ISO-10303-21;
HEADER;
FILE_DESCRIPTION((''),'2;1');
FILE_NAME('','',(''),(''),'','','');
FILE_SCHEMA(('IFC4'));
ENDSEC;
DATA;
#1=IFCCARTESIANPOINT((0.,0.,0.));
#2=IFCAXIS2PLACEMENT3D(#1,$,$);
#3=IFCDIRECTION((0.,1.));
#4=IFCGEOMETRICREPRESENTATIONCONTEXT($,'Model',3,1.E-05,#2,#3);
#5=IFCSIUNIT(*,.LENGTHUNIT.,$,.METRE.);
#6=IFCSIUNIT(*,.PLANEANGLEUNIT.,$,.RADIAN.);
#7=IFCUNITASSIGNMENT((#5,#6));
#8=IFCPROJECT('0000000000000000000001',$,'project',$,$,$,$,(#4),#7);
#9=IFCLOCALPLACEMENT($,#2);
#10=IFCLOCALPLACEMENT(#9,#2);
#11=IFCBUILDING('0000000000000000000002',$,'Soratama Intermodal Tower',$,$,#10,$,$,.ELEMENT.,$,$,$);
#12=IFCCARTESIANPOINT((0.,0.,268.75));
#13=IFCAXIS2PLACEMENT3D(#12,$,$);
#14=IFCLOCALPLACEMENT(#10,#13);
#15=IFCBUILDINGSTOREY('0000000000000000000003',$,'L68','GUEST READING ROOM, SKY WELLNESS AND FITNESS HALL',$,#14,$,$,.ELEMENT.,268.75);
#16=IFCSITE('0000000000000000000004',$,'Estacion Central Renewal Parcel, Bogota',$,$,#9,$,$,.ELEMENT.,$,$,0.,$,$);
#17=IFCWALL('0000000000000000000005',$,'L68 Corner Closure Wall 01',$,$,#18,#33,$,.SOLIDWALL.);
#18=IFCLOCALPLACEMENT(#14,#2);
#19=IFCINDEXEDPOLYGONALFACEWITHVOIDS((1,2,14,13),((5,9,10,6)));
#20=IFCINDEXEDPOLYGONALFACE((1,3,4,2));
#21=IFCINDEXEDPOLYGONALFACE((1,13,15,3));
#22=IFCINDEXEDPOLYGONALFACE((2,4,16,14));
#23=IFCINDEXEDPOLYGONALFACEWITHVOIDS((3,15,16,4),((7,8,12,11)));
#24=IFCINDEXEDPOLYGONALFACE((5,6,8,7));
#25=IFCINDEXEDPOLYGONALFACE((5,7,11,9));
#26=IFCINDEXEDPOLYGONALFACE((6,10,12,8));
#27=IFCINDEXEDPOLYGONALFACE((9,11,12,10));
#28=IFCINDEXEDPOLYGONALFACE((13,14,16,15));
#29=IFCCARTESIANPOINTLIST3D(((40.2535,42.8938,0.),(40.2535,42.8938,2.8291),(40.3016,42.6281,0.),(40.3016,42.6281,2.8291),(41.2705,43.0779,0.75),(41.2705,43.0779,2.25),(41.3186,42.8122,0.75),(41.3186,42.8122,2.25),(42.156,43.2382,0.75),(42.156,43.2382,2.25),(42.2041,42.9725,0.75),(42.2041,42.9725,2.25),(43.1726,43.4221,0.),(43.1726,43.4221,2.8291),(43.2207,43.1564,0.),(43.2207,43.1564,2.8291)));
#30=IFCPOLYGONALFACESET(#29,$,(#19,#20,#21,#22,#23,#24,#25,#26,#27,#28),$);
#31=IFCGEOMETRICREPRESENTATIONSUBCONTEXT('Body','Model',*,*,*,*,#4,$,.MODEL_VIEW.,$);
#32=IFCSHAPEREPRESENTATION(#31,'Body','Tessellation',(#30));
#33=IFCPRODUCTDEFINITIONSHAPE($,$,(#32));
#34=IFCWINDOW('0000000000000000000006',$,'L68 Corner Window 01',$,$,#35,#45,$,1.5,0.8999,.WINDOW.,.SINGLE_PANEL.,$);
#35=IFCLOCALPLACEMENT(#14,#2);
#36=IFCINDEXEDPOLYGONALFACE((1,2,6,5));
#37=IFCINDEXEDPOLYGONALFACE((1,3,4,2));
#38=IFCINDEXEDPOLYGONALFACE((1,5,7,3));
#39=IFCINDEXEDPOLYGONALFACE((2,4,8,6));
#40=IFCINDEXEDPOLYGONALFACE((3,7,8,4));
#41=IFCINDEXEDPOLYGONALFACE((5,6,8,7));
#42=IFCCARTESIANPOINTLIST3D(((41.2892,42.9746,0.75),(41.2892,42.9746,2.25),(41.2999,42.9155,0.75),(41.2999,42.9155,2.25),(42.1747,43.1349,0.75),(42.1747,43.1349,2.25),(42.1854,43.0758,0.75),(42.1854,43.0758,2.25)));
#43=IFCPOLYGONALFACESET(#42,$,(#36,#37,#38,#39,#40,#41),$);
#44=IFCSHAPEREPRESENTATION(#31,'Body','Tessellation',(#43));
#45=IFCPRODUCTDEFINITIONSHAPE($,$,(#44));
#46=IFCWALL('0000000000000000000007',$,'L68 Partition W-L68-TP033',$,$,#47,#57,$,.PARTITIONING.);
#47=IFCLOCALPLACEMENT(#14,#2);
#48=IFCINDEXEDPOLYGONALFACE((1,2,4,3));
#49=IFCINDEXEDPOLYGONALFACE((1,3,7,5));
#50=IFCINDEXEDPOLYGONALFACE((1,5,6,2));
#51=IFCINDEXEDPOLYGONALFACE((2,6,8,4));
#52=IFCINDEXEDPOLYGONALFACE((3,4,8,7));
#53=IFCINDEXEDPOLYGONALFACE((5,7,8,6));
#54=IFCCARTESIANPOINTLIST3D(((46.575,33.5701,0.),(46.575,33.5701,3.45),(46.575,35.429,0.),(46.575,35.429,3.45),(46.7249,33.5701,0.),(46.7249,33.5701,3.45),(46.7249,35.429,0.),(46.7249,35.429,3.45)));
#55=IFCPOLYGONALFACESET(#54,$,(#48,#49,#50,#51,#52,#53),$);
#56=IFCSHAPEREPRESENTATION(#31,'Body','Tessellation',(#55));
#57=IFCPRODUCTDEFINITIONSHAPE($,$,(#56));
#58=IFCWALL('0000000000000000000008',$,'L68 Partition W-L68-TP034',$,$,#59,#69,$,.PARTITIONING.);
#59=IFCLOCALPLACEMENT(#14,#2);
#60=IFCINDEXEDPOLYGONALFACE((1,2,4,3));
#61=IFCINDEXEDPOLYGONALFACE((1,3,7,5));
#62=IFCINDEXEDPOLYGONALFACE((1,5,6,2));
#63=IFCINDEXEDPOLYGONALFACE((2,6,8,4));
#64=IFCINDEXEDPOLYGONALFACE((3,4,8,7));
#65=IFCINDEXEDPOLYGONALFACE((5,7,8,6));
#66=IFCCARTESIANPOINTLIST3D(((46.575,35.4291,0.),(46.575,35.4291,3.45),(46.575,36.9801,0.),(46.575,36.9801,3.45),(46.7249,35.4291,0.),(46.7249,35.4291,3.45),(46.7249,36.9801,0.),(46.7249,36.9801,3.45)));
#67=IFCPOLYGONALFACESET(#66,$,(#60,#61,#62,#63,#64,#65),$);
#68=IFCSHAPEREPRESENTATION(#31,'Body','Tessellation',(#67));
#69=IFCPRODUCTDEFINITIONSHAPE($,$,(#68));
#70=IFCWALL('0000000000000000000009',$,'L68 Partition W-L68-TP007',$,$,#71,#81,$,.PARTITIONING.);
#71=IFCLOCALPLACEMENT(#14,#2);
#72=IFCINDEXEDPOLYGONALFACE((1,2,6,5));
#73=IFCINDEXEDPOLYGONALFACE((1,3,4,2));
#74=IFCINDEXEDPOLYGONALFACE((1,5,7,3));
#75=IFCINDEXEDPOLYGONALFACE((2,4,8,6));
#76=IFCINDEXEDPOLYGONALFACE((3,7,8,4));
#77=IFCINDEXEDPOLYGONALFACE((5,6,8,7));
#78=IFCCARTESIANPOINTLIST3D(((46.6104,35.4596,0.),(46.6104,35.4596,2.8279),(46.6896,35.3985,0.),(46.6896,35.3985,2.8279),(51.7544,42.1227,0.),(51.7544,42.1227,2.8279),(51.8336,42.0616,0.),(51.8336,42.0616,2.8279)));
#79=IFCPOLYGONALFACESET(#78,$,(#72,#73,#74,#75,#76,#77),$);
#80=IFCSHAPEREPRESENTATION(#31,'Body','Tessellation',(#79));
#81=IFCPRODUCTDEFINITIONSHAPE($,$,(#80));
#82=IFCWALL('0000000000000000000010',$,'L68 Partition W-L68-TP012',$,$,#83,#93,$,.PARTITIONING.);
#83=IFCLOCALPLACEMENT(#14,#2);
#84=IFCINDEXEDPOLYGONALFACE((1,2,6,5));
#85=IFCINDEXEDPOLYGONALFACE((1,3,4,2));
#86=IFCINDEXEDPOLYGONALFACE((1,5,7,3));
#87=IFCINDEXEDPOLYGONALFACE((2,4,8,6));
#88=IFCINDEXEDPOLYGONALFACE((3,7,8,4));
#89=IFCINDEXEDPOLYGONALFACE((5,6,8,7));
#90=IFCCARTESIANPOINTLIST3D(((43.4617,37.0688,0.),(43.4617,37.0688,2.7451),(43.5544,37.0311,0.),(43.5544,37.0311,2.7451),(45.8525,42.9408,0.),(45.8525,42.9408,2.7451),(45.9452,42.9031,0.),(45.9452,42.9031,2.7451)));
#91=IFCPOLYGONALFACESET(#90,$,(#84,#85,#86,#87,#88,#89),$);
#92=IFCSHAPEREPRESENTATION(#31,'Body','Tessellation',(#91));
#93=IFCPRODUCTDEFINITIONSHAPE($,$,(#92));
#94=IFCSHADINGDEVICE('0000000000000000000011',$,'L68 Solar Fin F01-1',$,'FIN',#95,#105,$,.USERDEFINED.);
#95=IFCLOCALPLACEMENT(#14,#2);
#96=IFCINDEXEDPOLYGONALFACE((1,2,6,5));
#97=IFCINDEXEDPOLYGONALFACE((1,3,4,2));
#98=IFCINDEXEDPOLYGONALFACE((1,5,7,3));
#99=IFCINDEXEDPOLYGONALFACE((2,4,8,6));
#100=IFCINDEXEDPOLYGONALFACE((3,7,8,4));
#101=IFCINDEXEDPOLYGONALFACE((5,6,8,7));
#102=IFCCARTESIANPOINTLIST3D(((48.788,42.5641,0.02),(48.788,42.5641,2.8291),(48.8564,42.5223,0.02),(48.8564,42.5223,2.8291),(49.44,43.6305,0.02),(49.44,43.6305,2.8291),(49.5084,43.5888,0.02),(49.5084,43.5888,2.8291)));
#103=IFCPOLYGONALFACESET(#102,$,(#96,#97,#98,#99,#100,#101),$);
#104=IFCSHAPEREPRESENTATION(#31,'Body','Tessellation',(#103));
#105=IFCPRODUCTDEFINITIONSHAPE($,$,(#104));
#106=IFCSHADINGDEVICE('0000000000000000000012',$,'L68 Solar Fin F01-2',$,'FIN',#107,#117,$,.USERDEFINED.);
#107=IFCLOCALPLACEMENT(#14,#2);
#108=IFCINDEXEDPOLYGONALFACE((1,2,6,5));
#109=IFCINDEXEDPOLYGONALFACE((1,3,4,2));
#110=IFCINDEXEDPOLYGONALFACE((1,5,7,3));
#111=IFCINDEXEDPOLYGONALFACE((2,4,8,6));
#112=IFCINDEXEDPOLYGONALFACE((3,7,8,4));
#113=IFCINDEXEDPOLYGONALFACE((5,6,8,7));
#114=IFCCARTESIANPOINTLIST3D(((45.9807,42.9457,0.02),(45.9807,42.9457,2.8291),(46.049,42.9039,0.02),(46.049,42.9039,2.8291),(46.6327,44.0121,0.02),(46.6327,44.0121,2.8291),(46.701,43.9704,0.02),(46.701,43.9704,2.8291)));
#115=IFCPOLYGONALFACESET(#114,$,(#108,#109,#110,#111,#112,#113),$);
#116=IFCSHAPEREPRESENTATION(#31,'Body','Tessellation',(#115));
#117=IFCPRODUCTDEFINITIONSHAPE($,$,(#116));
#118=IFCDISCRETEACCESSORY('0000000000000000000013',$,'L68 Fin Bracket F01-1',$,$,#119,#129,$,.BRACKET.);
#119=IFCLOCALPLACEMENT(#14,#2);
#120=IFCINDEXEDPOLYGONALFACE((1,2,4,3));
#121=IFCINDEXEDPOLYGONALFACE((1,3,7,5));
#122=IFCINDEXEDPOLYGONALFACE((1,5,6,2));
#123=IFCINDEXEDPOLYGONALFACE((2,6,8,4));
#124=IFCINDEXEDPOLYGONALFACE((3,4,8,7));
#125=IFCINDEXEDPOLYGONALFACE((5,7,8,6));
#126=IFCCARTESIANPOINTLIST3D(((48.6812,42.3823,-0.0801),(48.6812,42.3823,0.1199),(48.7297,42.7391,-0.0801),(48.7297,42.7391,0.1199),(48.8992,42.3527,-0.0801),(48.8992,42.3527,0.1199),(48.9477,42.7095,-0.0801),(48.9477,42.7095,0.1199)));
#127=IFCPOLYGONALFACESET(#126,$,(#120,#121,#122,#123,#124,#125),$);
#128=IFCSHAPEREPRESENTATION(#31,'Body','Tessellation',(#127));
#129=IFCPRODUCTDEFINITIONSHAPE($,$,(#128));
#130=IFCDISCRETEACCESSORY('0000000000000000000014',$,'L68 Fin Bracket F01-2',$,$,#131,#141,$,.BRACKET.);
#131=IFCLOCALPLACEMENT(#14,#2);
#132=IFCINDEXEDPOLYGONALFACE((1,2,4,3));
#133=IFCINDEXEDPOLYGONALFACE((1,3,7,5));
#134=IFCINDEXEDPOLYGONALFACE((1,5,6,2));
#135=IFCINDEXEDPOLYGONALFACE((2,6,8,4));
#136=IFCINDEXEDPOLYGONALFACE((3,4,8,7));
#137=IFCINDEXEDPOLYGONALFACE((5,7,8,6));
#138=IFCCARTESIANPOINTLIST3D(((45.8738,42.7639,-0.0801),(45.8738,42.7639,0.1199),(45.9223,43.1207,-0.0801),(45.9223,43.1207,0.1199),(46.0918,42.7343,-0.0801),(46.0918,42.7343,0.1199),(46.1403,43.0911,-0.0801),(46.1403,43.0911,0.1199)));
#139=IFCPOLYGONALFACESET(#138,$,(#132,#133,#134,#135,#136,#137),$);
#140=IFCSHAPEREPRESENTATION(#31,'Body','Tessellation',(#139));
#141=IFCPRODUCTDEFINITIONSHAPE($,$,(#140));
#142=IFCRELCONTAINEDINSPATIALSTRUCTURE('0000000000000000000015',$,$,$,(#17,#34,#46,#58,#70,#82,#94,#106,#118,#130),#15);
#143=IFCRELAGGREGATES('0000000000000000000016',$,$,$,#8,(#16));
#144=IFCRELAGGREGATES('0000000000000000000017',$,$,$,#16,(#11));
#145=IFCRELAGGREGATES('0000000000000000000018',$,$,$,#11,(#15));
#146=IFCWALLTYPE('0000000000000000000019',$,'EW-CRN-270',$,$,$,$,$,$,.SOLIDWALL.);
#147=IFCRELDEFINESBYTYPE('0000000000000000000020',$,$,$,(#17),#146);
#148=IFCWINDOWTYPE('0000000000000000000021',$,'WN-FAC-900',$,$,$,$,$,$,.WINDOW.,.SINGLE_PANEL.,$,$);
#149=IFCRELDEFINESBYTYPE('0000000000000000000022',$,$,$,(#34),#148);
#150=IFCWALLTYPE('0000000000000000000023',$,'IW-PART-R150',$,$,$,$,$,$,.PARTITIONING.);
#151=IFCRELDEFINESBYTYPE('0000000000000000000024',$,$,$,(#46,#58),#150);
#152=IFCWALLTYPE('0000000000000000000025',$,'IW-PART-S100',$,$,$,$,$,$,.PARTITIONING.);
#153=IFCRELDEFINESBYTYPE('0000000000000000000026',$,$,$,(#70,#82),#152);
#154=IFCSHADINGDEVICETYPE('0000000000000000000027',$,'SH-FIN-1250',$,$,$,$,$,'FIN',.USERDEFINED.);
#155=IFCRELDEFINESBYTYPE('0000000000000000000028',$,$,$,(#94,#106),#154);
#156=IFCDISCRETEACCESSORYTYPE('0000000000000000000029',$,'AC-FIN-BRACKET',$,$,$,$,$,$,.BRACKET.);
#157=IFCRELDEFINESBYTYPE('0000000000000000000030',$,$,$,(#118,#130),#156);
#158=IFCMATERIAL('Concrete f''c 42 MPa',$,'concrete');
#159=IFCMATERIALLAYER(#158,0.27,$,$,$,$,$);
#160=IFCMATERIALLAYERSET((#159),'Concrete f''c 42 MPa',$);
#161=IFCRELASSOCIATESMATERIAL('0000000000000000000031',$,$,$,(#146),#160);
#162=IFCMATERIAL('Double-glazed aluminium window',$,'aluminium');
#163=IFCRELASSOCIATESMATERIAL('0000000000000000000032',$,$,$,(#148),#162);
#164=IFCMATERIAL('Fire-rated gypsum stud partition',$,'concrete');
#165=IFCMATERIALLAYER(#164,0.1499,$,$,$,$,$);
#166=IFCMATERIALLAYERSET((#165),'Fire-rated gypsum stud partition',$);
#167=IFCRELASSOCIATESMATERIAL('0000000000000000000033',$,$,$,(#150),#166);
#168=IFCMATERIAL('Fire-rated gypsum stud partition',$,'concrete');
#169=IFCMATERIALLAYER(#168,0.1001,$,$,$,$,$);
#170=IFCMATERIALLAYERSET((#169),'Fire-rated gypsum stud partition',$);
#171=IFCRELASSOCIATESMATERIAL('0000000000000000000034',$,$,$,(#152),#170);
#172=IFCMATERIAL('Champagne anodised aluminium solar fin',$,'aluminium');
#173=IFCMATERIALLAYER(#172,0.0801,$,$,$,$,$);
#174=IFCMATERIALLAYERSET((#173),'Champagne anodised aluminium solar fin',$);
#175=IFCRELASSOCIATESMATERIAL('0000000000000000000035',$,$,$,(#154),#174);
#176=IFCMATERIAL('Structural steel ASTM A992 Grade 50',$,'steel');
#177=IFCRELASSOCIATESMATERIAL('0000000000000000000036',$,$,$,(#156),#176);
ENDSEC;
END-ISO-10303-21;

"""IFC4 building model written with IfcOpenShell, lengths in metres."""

from ifc_helpers import new_model, si_unit, direction, frame, frame_2d, origin, origin_2d, place, context, subcontext, project, spatial, rectangle, extrude, material, layer, layer_set, type_object, element, fill, save


model = new_model("IFC4")

# Units and contexts
model_context = context("Model", 3, precision=1e-05, world=origin(), true_north=direction((0.0, 1.0)))
body_context = subcontext(model_context, "Body", "Model", "MODEL_VIEW")
ifc_project = project(units=[si_unit("LENGTHUNIT", "METRE"), si_unit("PLANEANGLEUNIT", "RADIAN")], contexts=[model_context])

# Site, building, storey
site_placement = place(None, origin())
site = spatial("IfcSite", under=ifc_project, at=site_placement, Name="Estacion Central Renewal Parcel, Bogota", CompositionType="ELEMENT", RefElevation=0.0)
building_placement = place(site_placement, origin())
building = spatial("IfcBuilding", under=site, at=building_placement, Name="Soratama Intermodal Tower", CompositionType="ELEMENT")
storey_placement = place(building_placement, frame((0.0, 0.0, 268.75)))
storey = spatial("IfcBuildingStorey", under=building, at=storey_placement, Name="L68", Description="GUEST READING ROOM, SKY WELLNESS AND FITNESS HALL", CompositionType="ELEMENT", Elevation=268.75)

# Wall, opening, window
ifc_material_1 = material(Name="Concrete f'c 42 MPa", Category="concrete")
ifc_layer_1 = layer(ifc_material_1, 0.27)
ifc_layer_set_1 = layer_set([ifc_layer_1], Name="Concrete f'c 42 MPa")
wall_type_1 = type_object("IfcWallType", Name="EW-CRN-270", PredefinedType="SOLIDWALL", material=ifc_layer_set_1)
wall_1_placement = place(storey_placement, frame((43.1968, 43.2893, 0.0), z_axis=(0.0, 0.0, 1.0), x_axis=(-0.984014, -0.178089, 0.0)))
wall_1 = element("IfcWall", 1, at=wall_1_placement, inside=storey, type_object=wall_type_1, Name="L68 Corner Closure Wall 01", PredefinedType="SOLIDWALL", context=body_context, shape_type="SweptSolid", body=[
    extrude(rectangle(XDim=2.9666, YDim=0.27, at=frame_2d((1.4834, 0.0))), origin(), (0.0, 0.0, 1.0), 2.8291),
])
opening_1_placement = place(wall_1_placement, frame((1.0332, 0.0, 0.75)))
opening_1 = element("IfcOpeningElement", 2, at=opening_1_placement, cuts=wall_1, PredefinedType="OPENING", context=body_context, shape_type="SweptSolid", body=[
    extrude(rectangle(XDim=0.8999, YDim=1.5, at=frame_2d((0.45, 0.75))), frame((0.0, 0.145, 0.0), z_axis=(0.0, -1.0, 0.0), x_axis=(1.0, 0.0, 0.0)), (0.0, 0.0, 1.0), 0.29),
])
ifc_material_2 = material(Name="Double-glazed aluminium window", Category="aluminium")
window_type = type_object("IfcWindowType", Name="WN-FAC-900", PartitioningType="SINGLE_PANEL", PredefinedType="WINDOW", material=ifc_material_2)
window_placement = place(opening_1_placement, origin())
window = element("IfcWindow", 3, at=window_placement, inside=storey, type_object=window_type, Name="L68 Corner Window 01", OverallHeight=1.5, OverallWidth=0.8999, PartitioningType="SINGLE_PANEL", PredefinedType="WINDOW", context=body_context, shape_type="SweptSolid", body=[
    extrude(rectangle(XDim=0.8999, YDim=1.5, at=frame_2d((0.45, 0.75))), frame((0.0, 0.03, 0.0), z_axis=(0.0, -1.0, 0.0), x_axis=(1.0, 0.0, 0.0)), (0.0, 0.0, 1.0), 0.0601),
])
fill(opening_1, window)

# Shared definitions
ifc_material_3 = material(Name="Fire-rated gypsum stud partition", Category="concrete")
ifc_layer_2 = layer(ifc_material_3, 0.1499)
ifc_layer_set_2 = layer_set([ifc_layer_2], Name="Fire-rated gypsum stud partition")
wall_type_2 = type_object("IfcWallType", Name="IW-PART-R150", PredefinedType="PARTITIONING", material=ifc_layer_set_2)

# Walls
wall_2_placement = place(storey_placement, frame((46.6499, 35.429, 0.0), z_axis=(0.0, 0.0, 1.0), x_axis=(0.0, -1.0, 0.0)))
element("IfcWall", 4, at=wall_2_placement, inside=storey, type_object=wall_type_2, Name="L68 Partition W-L68-TP033", PredefinedType="PARTITIONING", context=body_context, shape_type="SweptSolid", body=[
    extrude(rectangle(XDim=1.8589, YDim=0.1499, at=frame_2d((0.9294, 0.0))), origin(), (0.0, 0.0, 1.0), 3.45),
])
wall_3_placement = place(storey_placement, frame((46.6499, 36.98, 0.0), z_axis=(0.0, 0.0, 1.0), x_axis=(0.0, -1.0, 0.0)))
element("IfcWall", 5, at=wall_3_placement, inside=storey, type_object=wall_type_2, Name="L68 Partition W-L68-TP034", PredefinedType="PARTITIONING", context=body_context, shape_type="SweptSolid", body=[
    extrude(rectangle(XDim=1.551, YDim=0.1499, at=frame_2d((0.7754, 0.0))), origin(), (0.0, 0.0, 1.0), 3.45),
])
ifc_material_4 = material(Name="Fire-rated gypsum stud partition", Category="concrete")
ifc_layer_3 = layer(ifc_material_4, 0.1001)
ifc_layer_set_3 = layer_set([ifc_layer_3], Name="Fire-rated gypsum stud partition")
wall_type_3 = type_object("IfcWallType", Name="IW-PART-S100", PredefinedType="PARTITIONING", material=ifc_layer_set_3)
wall_4_placement = place(storey_placement, frame((46.6499, 35.429, 0.0), z_axis=(0.0, 0.0, 1.0), x_axis=(0.611097, 0.791555, 0.0)))
element("IfcWall", 6, at=wall_4_placement, inside=storey, type_object=wall_type_3, Name="L68 Partition W-L68-TP007", PredefinedType="PARTITIONING", context=body_context, shape_type="SweptSolid", body=[
    extrude(rectangle(XDim=8.4177, YDim=0.1001, at=frame_2d((4.209, 0.0))), origin(), (0.0, 0.0, 1.0), 2.8279),
])
wall_5_placement = place(storey_placement, frame((43.5081, 37.05, 0.0), z_axis=(0.0, 0.0, 1.0), x_axis=(0.3771, 0.926173, 0.0)))
element("IfcWall", 7, at=wall_5_placement, inside=storey, type_object=wall_type_3, Name="L68 Partition W-L68-TP012", PredefinedType="PARTITIONING", context=body_context, shape_type="SweptSolid", body=[
    extrude(rectangle(XDim=6.3401, YDim=0.1001, at=frame_2d((3.1699, 0.0))), origin(), (0.0, 0.0, 1.0), 2.7451),
])

# Shading devices
ifc_material_5 = material(Name="Champagne anodised aluminium solar fin", Category="aluminium")
ifc_layer_4 = layer(ifc_material_5, 0.0801)
ifc_layer_set_4 = layer_set([ifc_layer_4], Name="Champagne anodised aluminium solar fin")
shading_device_type = type_object("IfcShadingDeviceType", Name="SH-FIN-1250", ElementType="FIN", PredefinedType="USERDEFINED", material=ifc_layer_set_4)
for number, where, z_axis, x_axis, name in (
    (8, (49.1482, 43.0764, 0.02), (0.0, 0.0, 1.0), (0.521605, 0.853187, 0.0), "L68 Solar Fin F01-1"),
    (9, (46.3408, 43.458, 0.02), (0.0, 0.0, 1.0), (0.521605, 0.853187, 0.0), "L68 Solar Fin F01-2"),
):
    element("IfcShadingDevice", number, at=place(storey_placement, frame(where, z_axis=z_axis, x_axis=x_axis)), inside=storey, type_object=shading_device_type, Name=name, ObjectType="FIN", PredefinedType="USERDEFINED", context=body_context, shape_type="SweptSolid", body=[
        extrude(rectangle(XDim=1.25, YDim=0.0801, at=origin_2d()), origin(), (0.0, 0.0, 1.0), 2.8091),
    ])

# Discrete accessories
ifc_material_6 = material(Name="Structural steel ASTM A992 Grade 50", Category="steel")
discrete_accessory_type = type_object("IfcDiscreteAccessoryType", Name="AC-FIN-BRACKET", PredefinedType="BRACKET", material=ifc_material_6)
for number, where, z_axis, x_axis, name in (
    (10, (48.8145, 42.5459, -0.0801), (0.0, 0.0, 1.0), (0.134678, 0.990889, 0.0), "L68 Fin Bracket F01-1"),
    (11, (46.0071, 42.9275, -0.0801), (0.0, 0.0, 1.0), (0.134678, 0.990889, 0.0), "L68 Fin Bracket F01-2"),
):
    element("IfcDiscreteAccessory", number, at=place(storey_placement, frame(where, z_axis=z_axis, x_axis=x_axis)), inside=storey, type_object=discrete_accessory_type, Name=name, PredefinedType="BRACKET", context=body_context, shape_type="SweptSolid", body=[
        extrude(rectangle(XDim=0.3601, YDim=0.22, at=origin_2d()), origin(), (0.0, 0.0, 1.0), 0.2),
    ])

save(model, "model.ifc")
